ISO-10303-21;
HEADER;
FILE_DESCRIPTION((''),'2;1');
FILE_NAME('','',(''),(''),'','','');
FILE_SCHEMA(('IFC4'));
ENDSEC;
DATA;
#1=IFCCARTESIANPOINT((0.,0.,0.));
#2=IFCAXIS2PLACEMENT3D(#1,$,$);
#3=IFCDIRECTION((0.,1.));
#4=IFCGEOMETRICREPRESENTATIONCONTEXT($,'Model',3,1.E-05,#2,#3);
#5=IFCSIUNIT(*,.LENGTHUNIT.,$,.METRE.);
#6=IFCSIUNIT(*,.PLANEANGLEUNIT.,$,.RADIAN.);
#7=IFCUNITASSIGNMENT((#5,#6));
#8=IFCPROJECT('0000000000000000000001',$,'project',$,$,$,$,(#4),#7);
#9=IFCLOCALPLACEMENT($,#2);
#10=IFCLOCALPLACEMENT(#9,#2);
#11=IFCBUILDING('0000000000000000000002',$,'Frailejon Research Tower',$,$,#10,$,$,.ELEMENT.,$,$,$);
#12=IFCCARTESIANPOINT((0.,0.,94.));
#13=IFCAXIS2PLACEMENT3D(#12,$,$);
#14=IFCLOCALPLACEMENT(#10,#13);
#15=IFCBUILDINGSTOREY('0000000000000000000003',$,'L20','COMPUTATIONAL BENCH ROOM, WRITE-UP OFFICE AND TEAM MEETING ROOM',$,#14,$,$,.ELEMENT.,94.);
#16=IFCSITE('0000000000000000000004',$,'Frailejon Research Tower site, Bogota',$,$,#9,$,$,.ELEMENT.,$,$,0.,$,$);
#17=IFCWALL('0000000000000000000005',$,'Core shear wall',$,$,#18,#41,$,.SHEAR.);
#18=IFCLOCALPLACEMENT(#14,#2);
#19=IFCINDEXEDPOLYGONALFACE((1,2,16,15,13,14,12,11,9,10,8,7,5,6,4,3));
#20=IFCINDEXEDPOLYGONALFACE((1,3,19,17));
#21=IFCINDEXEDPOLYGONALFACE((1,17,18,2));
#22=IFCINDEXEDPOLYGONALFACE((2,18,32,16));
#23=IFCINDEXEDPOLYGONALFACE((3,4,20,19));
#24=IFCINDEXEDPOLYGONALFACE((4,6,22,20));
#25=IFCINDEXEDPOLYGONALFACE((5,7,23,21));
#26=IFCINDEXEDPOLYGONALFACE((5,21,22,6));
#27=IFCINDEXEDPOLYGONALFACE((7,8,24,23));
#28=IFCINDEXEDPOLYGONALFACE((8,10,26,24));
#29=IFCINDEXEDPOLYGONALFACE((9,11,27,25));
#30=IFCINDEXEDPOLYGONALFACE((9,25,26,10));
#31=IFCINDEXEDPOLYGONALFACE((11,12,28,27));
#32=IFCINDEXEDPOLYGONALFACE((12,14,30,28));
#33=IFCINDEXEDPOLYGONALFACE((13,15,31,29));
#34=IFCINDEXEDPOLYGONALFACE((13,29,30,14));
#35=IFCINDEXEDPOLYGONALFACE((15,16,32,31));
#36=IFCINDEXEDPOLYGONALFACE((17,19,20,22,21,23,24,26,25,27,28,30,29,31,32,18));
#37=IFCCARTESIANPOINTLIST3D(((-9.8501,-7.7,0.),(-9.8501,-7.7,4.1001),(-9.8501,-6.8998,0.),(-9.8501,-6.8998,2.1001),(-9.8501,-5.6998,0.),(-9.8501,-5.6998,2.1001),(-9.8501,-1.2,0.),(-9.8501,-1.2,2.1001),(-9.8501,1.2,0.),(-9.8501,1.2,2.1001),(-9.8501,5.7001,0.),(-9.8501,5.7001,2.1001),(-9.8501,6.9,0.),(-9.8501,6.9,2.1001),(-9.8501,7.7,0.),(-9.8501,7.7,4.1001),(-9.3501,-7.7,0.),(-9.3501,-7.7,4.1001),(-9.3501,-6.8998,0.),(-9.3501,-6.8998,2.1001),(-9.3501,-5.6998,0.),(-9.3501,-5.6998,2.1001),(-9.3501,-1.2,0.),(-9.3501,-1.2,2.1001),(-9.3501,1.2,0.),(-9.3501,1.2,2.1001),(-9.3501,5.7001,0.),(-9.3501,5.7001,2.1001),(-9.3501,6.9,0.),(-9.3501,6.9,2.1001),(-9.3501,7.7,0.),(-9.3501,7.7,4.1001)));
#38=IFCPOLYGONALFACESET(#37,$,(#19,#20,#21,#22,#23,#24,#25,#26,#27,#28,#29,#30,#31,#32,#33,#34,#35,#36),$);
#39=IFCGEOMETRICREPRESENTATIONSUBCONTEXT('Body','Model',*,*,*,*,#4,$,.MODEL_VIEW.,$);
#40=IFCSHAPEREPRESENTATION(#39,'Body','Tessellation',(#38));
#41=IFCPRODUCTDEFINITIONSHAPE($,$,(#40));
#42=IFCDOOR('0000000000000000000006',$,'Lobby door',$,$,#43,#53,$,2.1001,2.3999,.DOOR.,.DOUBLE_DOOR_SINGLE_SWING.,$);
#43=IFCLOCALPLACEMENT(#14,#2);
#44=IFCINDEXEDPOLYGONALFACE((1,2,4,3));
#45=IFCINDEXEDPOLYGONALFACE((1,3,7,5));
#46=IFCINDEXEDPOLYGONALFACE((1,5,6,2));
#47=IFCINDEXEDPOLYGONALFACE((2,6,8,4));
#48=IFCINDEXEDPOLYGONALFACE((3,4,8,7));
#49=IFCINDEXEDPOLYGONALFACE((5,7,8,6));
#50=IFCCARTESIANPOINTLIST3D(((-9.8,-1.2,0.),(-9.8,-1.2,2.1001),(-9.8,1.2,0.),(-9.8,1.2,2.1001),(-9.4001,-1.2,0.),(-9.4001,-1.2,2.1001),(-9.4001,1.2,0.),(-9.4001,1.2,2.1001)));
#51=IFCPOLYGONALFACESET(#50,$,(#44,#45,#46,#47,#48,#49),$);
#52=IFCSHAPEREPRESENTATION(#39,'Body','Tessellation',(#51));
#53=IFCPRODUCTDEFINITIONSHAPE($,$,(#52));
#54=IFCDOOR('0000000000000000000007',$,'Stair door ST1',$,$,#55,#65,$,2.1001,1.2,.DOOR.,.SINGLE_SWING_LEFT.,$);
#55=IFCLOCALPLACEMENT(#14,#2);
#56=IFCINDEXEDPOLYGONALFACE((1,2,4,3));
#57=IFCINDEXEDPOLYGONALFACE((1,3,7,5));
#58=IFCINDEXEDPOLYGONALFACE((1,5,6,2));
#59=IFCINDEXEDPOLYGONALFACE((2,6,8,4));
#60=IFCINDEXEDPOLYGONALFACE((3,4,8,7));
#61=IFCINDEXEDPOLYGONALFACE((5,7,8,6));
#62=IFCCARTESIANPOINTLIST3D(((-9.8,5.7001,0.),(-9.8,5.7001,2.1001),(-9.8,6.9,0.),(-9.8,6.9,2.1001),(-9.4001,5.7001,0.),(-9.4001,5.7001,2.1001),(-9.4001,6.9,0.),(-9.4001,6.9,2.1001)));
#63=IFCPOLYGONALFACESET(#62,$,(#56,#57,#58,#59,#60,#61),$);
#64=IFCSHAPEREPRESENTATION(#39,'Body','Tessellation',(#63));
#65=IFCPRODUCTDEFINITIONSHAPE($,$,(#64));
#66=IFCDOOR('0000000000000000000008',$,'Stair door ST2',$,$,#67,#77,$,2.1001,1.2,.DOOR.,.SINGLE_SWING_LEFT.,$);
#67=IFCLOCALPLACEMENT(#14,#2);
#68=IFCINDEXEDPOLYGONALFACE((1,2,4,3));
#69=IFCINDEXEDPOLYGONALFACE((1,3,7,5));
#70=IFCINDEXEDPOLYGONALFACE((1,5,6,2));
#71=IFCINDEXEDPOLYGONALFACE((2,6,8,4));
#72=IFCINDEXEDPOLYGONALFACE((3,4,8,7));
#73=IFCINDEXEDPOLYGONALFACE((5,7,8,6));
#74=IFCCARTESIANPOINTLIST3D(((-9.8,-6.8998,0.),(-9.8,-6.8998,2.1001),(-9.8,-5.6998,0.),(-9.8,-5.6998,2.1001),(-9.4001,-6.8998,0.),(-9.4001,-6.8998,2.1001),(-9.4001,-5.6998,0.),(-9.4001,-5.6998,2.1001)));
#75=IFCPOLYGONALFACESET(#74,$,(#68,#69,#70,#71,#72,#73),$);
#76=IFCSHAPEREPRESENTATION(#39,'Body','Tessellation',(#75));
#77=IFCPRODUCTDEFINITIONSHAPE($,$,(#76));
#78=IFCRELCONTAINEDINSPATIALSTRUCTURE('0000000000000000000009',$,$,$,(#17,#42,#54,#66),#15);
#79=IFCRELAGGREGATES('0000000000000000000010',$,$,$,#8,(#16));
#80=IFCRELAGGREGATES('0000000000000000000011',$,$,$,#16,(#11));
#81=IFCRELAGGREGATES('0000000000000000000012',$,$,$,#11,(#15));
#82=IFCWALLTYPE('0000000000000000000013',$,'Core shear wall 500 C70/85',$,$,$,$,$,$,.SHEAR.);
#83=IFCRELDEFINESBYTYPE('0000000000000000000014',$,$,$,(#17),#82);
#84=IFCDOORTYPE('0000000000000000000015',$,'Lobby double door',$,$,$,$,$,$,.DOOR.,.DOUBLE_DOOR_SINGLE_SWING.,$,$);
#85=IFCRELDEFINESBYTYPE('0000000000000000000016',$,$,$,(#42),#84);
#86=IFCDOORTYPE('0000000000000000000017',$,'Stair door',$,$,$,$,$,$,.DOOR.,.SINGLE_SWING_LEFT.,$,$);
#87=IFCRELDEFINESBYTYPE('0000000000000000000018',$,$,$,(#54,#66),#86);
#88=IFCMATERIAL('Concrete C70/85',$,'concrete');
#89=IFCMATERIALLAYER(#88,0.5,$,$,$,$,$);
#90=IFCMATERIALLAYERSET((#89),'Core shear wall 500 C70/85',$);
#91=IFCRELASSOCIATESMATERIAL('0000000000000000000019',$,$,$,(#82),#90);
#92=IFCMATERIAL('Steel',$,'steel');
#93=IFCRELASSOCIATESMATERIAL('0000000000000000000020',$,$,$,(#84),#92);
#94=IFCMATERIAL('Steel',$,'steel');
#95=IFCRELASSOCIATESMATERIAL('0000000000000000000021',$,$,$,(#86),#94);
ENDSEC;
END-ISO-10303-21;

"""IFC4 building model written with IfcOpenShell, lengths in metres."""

from ifc_helpers import new_model, si_unit, direction, frame, frame_2d, origin, place, context, subcontext, project, spatial, rectangle, extrude, material, layer, layer_set, type_object, element, fill, save


model = new_model("IFC4")

# Units and contexts
model_context = context("Model", 3, precision=1e-05, world=origin(), true_north=direction((0.0, 1.0)))
body_context = subcontext(model_context, "Body", "Model", "MODEL_VIEW")
ifc_project = project(units=[si_unit("LENGTHUNIT", "METRE"), si_unit("PLANEANGLEUNIT", "RADIAN")], contexts=[model_context])

# Site, building, storey
site_placement = place(None, origin())
site = spatial("IfcSite", under=ifc_project, at=site_placement, Name="Frailejon Research Tower site, Bogota", CompositionType="ELEMENT", RefElevation=0.0)
building_placement = place(site_placement, origin())
building = spatial("IfcBuilding", under=site, at=building_placement, Name="Frailejon Research Tower", CompositionType="ELEMENT")
storey_placement = place(building_placement, frame((0.0, 0.0, 94.0)))
storey = spatial("IfcBuildingStorey", under=building, at=storey_placement, Name="L20", Description="COMPUTATIONAL BENCH ROOM, WRITE-UP OFFICE AND TEAM MEETING ROOM", CompositionType="ELEMENT", Elevation=94.0)

# Wall, openings, doors
ifc_material_1 = material(Name="Concrete C70/85", Category="concrete")
ifc_layer_1 = layer(ifc_material_1, 0.5)
ifc_layer_set_1 = layer_set([ifc_layer_1], Name="Core shear wall 500 C70/85")
wall_type_1 = type_object("IfcWallType", Name="Core shear wall 500 C70/85", PredefinedType="SHEAR", material=ifc_layer_set_1)
wall_1_placement = place(storey_placement, frame((-9.6001, -7.7, 0.0), z_axis=(0.0, 0.0, 1.0), x_axis=(0.0, 1.0, 0.0)))
wall_1 = element("IfcWall", 1, at=wall_1_placement, inside=storey, type_object=wall_type_1, Name="Core shear wall", PredefinedType="SHEAR", context=body_context, shape_type="SweptSolid", body=[
    extrude(rectangle(XDim=15.3999, YDim=0.5, at=frame_2d((7.7, 0.0))), origin(), (0.0, 0.0, 1.0), 4.1001),
])
opening_1_placement = place(wall_1_placement, frame((6.5, 0.0, 0.0)))
opening_1 = element("IfcOpeningElement", 2, at=opening_1_placement, cuts=wall_1, PredefinedType="OPENING", context=body_context, shape_type="SweptSolid", body=[
    extrude(rectangle(XDim=2.3999, YDim=2.1001, at=frame_2d((1.2, 1.05))), frame((0.0, 0.26, 0.0), z_axis=(0.0, -1.0, 0.0), x_axis=(1.0, 0.0, 0.0)), (0.0, 0.0, 1.0), 0.52),
])
opening_2_placement = place(wall_1_placement, frame((13.3999, 0.0, 0.0)))
opening_2 = element("IfcOpeningElement", 3, at=opening_2_placement, cuts=wall_1, PredefinedType="OPENING", context=body_context, shape_type="SweptSolid", body=[
    extrude(rectangle(XDim=1.2, YDim=2.1001, at=frame_2d((0.6001, 1.05))), frame((0.0, 0.26, 0.0), z_axis=(0.0, -1.0, 0.0), x_axis=(1.0, 0.0, 0.0)), (0.0, 0.0, 1.0), 0.52),
])
opening_3_placement = place(wall_1_placement, frame((0.8, 0.0, 0.0)))
opening_3 = element("IfcOpeningElement", 4, at=opening_3_placement, cuts=wall_1, PredefinedType="OPENING", context=body_context, shape_type="SweptSolid", body=[
    extrude(rectangle(XDim=1.2, YDim=2.1001, at=frame_2d((0.6001, 1.05))), frame((0.0, 0.26, 0.0), z_axis=(0.0, -1.0, 0.0), x_axis=(1.0, 0.0, 0.0)), (0.0, 0.0, 1.0), 0.52),
])
ifc_material_2 = material(Name="Steel", Category="steel")
door_type_1 = type_object("IfcDoorType", Name="Lobby double door", OperationType="DOUBLE_DOOR_SINGLE_SWING", PredefinedType="DOOR", material=ifc_material_2)
door_1_placement = place(opening_1_placement, origin())
door_1 = element("IfcDoor", 5, at=door_1_placement, inside=storey, type_object=door_type_1, Name="Lobby door", OperationType="DOUBLE_DOOR_SINGLE_SWING", OverallHeight=2.1001, OverallWidth=2.3999, PredefinedType="DOOR", context=body_context, shape_type="SweptSolid", body=[
    extrude(rectangle(XDim=2.3999, YDim=2.1001, at=frame_2d((1.2, 1.05))), frame((0.0, 0.2, 0.0), z_axis=(0.0, -1.0, 0.0), x_axis=(1.0, 0.0, 0.0)), (0.0, 0.0, 1.0), 0.3999),
])
fill(opening_1, door_1)
ifc_material_3 = material(Name="Steel", Category="steel")
door_type_2 = type_object("IfcDoorType", Name="Stair door", OperationType="SINGLE_SWING_LEFT", PredefinedType="DOOR", material=ifc_material_3)
door_2_placement = place(opening_2_placement, origin())
door_2 = element("IfcDoor", 6, at=door_2_placement, inside=storey, type_object=door_type_2, Name="Stair door ST1", OperationType="SINGLE_SWING_LEFT", OverallHeight=2.1001, OverallWidth=1.2, PredefinedType="DOOR", context=body_context, shape_type="SweptSolid", body=[
    extrude(rectangle(XDim=1.2, YDim=2.1001, at=frame_2d((0.6001, 1.05))), frame((0.0, 0.2, 0.0), z_axis=(0.0, -1.0, 0.0), x_axis=(1.0, 0.0, 0.0)), (0.0, 0.0, 1.0), 0.3999),
])
fill(opening_2, door_2)
door_3_placement = place(opening_3_placement, origin())
door_3 = element("IfcDoor", 7, at=door_3_placement, inside=storey, type_object=door_type_2, Name="Stair door ST2", OperationType="SINGLE_SWING_LEFT", OverallHeight=2.1001, OverallWidth=1.2, PredefinedType="DOOR", context=body_context, shape_type="SweptSolid", body=[
    extrude(rectangle(XDim=1.2, YDim=2.1001, at=frame_2d((0.6001, 1.05))), frame((0.0, 0.2, 0.0), z_axis=(0.0, -1.0, 0.0), x_axis=(1.0, 0.0, 0.0)), (0.0, 0.0, 1.0), 0.3999),
])
fill(opening_3, door_3)

save(model, "model.ifc")
